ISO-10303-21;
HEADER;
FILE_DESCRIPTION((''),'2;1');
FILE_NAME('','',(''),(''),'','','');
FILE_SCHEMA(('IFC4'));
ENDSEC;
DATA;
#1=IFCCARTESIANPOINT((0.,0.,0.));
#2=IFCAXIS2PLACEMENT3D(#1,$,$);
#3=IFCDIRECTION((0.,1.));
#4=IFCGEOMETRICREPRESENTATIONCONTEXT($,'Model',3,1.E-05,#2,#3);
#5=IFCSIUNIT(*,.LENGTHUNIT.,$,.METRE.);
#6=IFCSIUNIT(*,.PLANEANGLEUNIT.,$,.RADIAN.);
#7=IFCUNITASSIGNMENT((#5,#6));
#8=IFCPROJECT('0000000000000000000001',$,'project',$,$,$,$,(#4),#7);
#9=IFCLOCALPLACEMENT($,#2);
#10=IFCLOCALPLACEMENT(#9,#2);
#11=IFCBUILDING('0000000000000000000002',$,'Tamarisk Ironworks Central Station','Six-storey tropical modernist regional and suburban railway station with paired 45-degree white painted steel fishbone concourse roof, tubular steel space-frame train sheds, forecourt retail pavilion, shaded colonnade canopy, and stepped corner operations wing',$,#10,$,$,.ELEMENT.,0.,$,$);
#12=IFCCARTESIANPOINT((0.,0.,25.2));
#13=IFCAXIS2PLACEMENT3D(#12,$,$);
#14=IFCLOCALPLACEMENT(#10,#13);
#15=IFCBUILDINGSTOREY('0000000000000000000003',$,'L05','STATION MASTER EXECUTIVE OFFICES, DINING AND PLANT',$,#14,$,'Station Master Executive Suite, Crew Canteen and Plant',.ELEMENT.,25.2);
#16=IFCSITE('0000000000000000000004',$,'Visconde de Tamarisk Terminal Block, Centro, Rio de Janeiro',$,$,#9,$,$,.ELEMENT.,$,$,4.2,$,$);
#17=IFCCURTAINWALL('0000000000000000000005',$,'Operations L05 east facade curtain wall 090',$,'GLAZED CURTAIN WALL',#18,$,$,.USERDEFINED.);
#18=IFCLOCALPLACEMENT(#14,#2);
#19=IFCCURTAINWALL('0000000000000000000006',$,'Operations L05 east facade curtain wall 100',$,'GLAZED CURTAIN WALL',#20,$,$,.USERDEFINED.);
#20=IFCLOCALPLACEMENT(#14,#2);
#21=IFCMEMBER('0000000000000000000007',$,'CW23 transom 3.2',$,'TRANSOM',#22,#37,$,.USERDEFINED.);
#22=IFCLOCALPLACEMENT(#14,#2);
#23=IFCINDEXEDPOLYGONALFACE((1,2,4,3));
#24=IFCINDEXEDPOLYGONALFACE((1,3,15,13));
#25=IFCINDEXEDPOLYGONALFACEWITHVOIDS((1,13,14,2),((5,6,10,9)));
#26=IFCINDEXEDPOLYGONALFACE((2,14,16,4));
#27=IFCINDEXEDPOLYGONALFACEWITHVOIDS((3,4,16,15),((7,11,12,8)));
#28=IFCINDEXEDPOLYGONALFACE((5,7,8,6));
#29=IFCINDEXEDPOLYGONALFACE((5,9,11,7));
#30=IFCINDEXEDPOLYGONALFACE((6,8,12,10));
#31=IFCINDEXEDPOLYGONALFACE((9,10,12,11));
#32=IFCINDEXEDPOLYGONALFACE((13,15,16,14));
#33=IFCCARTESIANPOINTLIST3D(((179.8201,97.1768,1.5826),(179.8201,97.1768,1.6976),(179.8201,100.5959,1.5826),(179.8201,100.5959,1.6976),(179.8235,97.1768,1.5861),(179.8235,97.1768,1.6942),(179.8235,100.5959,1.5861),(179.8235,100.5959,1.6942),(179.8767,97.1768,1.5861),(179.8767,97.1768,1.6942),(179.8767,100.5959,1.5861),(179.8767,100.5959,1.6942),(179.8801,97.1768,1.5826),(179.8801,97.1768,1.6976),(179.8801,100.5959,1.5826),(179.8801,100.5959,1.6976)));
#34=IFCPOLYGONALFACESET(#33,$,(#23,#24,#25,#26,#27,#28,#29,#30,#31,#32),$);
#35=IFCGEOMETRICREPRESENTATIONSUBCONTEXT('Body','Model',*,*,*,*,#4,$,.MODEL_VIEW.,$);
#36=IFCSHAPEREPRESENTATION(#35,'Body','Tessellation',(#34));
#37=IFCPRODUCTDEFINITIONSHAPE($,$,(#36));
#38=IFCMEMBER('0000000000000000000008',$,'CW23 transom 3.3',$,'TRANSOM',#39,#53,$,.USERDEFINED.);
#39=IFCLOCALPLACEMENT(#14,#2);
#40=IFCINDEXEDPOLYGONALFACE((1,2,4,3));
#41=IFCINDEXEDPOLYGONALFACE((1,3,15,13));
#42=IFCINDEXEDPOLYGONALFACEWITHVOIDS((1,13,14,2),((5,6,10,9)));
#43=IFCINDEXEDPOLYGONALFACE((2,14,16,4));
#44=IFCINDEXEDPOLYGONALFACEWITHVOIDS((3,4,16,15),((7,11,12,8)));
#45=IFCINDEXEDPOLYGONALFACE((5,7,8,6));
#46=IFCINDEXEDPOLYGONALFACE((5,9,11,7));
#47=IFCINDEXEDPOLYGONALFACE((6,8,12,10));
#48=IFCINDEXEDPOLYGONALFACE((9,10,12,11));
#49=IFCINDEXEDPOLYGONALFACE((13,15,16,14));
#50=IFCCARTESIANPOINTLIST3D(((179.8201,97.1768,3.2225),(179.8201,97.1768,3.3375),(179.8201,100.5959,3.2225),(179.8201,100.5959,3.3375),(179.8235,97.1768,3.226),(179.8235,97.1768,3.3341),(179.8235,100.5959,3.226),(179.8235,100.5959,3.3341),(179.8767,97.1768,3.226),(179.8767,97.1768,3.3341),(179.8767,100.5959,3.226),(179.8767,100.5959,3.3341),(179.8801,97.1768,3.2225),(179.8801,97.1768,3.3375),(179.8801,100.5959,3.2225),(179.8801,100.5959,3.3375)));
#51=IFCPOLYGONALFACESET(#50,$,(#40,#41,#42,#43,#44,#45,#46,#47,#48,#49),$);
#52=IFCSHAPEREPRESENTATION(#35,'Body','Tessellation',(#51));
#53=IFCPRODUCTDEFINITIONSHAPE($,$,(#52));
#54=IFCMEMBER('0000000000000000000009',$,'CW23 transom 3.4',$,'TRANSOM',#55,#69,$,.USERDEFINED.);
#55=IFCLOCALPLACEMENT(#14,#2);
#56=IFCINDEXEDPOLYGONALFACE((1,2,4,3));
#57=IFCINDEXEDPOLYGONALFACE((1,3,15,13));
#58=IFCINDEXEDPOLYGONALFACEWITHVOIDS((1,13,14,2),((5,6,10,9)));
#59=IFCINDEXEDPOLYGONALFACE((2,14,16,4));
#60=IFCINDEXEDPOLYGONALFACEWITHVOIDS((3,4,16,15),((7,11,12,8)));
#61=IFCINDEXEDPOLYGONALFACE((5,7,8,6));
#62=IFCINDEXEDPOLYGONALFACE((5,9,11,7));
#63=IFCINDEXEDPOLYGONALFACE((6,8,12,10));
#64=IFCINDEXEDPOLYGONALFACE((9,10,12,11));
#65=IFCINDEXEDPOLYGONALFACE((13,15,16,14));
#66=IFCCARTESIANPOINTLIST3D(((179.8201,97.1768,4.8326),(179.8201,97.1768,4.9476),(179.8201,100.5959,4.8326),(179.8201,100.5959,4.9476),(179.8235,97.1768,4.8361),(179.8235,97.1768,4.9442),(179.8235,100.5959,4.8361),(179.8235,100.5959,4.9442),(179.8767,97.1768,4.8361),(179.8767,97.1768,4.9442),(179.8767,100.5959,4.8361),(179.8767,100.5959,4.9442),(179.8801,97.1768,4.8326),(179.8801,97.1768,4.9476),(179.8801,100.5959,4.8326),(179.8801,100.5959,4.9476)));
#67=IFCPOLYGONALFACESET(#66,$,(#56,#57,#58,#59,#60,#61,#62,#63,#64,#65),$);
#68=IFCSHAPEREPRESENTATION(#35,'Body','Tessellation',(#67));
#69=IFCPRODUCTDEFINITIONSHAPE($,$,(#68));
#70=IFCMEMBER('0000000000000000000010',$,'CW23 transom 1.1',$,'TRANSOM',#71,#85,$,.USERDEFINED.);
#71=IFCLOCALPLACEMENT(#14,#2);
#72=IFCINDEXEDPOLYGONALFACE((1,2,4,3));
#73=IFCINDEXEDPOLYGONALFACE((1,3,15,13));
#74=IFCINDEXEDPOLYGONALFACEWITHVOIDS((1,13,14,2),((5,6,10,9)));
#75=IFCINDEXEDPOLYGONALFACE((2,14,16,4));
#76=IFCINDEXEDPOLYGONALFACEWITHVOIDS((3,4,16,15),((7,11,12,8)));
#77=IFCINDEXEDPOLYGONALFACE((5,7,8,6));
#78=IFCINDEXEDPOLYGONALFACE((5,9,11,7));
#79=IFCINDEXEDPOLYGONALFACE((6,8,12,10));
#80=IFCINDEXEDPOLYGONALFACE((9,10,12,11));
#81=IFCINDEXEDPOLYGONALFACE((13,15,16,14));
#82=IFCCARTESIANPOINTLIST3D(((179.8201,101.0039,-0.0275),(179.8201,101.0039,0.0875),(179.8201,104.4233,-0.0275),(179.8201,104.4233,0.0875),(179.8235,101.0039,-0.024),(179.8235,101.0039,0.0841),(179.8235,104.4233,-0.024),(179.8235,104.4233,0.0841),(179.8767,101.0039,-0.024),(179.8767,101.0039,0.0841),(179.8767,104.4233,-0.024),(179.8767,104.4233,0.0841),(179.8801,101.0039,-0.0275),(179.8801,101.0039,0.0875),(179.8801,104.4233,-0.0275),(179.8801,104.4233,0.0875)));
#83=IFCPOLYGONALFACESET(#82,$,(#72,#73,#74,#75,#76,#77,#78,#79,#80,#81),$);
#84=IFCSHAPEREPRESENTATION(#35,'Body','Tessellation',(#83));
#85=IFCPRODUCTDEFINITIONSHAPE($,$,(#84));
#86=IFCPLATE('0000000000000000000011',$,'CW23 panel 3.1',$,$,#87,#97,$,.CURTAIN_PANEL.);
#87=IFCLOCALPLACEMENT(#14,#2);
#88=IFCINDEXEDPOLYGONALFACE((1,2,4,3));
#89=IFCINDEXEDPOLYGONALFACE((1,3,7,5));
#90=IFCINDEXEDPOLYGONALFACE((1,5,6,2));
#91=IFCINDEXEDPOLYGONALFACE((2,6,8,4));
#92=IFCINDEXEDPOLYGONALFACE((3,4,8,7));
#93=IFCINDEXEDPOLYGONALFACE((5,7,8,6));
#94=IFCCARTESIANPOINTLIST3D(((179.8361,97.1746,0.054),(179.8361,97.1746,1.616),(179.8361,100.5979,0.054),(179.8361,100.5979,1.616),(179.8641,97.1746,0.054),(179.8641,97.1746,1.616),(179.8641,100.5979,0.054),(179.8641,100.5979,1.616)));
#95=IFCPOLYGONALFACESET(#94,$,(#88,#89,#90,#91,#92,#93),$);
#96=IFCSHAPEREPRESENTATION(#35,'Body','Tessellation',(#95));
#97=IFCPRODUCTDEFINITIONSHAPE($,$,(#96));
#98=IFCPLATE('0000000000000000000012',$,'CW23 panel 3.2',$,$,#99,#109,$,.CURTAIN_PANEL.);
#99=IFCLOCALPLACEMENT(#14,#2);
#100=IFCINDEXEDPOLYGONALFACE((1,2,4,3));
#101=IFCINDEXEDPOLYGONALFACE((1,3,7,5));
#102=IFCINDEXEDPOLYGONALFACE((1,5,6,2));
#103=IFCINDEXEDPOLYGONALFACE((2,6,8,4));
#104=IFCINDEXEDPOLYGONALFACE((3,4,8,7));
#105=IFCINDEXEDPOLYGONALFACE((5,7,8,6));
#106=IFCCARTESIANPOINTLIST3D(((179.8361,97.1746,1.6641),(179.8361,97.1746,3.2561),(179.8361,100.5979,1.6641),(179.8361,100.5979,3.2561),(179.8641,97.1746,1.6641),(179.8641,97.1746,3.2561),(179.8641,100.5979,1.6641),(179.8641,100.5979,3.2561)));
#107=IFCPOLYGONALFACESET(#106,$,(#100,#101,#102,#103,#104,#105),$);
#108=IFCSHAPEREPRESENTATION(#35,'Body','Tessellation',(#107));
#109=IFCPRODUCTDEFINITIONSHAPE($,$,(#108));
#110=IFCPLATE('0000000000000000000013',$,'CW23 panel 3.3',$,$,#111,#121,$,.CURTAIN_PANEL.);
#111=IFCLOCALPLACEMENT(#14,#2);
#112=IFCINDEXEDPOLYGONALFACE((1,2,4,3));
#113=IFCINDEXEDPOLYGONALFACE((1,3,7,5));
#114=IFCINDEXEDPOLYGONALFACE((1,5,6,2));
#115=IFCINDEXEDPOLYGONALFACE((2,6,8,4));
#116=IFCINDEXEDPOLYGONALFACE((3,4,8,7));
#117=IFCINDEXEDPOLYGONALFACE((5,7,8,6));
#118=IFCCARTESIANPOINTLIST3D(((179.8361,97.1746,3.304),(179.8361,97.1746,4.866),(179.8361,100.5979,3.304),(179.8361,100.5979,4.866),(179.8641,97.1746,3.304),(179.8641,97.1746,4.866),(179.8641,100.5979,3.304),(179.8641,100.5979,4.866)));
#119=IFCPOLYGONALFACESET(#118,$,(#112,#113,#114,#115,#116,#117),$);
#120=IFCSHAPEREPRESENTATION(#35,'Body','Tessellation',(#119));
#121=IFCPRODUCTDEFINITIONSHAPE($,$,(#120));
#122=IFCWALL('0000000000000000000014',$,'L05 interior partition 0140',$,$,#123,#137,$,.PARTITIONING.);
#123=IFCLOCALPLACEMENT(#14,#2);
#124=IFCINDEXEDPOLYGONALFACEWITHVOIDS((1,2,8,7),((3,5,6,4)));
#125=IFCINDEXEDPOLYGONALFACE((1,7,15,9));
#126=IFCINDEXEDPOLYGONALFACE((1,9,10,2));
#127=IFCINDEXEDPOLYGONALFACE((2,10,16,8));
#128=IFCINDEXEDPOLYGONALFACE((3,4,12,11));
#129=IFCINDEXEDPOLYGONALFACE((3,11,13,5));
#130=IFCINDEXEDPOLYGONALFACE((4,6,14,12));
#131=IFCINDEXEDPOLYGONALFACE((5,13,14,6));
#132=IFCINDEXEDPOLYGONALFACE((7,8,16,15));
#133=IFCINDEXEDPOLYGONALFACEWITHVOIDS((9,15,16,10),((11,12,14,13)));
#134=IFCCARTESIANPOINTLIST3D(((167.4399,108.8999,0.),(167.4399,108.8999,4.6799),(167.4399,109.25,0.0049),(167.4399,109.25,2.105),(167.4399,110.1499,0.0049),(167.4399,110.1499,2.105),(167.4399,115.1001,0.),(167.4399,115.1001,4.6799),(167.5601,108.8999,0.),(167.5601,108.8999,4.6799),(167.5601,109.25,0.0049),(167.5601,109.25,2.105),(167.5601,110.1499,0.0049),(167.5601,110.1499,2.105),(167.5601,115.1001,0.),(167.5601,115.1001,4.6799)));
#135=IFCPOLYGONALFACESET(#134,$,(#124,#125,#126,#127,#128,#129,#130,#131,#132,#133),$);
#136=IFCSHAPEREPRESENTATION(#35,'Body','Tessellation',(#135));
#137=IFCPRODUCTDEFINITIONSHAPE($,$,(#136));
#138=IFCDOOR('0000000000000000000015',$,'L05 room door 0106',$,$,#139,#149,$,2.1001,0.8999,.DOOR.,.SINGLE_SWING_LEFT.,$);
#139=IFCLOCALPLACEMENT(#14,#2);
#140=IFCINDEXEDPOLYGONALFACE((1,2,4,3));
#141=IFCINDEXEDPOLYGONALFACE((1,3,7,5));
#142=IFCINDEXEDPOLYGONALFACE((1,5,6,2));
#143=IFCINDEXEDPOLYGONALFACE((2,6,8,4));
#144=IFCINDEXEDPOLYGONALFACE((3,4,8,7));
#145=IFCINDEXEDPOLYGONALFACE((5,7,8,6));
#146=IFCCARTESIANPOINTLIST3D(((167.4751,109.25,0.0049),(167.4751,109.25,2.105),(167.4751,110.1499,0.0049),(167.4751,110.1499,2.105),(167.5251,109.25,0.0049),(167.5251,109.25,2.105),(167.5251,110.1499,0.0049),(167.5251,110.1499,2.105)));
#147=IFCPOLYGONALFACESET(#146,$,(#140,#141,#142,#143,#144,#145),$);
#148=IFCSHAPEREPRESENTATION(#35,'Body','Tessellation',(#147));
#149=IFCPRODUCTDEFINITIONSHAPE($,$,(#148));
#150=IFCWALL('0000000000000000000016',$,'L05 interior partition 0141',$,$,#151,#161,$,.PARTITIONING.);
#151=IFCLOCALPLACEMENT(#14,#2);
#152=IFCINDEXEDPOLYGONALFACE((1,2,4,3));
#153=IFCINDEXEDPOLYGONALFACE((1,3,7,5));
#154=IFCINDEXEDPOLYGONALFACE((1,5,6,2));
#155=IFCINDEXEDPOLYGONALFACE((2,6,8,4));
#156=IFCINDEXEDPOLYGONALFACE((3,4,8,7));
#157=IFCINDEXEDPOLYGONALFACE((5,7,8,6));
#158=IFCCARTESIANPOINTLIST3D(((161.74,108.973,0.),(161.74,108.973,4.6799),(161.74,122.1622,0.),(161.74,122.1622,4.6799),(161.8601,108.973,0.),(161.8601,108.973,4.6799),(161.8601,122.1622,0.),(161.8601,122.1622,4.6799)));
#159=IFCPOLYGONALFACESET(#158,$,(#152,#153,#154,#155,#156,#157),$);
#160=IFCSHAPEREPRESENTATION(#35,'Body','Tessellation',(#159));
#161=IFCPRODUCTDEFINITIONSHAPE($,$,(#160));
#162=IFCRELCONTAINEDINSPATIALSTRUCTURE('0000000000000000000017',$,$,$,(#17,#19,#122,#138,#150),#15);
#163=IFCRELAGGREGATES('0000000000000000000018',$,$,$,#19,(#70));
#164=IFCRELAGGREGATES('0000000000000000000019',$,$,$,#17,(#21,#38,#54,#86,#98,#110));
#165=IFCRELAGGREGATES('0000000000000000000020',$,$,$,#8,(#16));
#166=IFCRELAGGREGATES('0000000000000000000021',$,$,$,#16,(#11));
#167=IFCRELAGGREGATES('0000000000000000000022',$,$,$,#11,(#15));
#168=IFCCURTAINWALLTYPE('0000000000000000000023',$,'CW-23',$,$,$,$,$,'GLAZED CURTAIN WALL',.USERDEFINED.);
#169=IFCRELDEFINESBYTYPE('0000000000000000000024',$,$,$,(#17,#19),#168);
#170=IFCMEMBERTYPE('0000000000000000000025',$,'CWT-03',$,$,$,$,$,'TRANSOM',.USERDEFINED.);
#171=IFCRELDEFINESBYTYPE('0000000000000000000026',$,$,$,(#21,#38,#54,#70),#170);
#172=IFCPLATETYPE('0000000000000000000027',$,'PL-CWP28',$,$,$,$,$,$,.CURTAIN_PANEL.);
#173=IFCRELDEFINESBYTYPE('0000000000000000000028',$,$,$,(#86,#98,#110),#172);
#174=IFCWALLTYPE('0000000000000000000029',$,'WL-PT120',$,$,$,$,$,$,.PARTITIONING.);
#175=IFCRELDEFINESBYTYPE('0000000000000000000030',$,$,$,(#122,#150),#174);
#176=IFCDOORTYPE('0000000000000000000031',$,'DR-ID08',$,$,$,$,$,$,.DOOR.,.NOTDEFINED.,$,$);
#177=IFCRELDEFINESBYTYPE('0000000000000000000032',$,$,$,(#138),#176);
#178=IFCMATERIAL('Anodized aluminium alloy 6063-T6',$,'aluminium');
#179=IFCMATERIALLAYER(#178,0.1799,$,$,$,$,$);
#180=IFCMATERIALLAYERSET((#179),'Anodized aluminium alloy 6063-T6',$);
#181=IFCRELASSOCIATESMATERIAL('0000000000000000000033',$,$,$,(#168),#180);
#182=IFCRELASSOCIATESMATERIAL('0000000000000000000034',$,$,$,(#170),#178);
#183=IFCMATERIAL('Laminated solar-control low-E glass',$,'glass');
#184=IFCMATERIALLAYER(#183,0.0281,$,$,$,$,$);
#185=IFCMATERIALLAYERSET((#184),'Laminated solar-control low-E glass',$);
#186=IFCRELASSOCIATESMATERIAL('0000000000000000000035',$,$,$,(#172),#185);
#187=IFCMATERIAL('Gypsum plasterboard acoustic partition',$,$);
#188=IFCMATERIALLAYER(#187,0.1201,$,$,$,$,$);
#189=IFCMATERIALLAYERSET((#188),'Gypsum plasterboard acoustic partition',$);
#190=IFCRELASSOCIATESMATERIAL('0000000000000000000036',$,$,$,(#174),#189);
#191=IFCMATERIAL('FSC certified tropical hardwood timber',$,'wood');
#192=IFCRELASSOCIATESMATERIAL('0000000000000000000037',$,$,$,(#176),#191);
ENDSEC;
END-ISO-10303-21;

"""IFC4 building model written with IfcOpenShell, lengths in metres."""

from ifc_helpers import new_model, si_unit, direction, frame, frame_2d, origin, origin_2d, place, context, subcontext, project, spatial, rectangle, hollow_rectangle, extrude, material, layer, layer_set, material_profile, profile_set, type_object, element, fill, aggregate, save


model = new_model("IFC4")

# Units and contexts
model_context = context("Model", 3, precision=1e-05, world=origin(), true_north=direction((0.0, 1.0)))
body_context = subcontext(model_context, "Body", "Model", "MODEL_VIEW")
ifc_project = project(units=[si_unit("LENGTHUNIT", "METRE"), si_unit("PLANEANGLEUNIT", "RADIAN")], contexts=[model_context])

# Site, building, storey
site_placement = place(None, origin())
site = spatial("IfcSite", under=ifc_project, at=site_placement, Name="Visconde de Tamarisk Terminal Block, Centro, Rio de Janeiro", CompositionType="ELEMENT", RefElevation=4.2)
building_placement = place(site_placement, origin())
building = spatial("IfcBuilding", under=site, at=building_placement, Name="Tamarisk Ironworks Central Station", Description="Six-storey tropical modernist regional and suburban railway station with paired 45-degree white painted steel fishbone concourse roof, tubular steel space-frame train sheds, forecourt retail pavilion, shaded colonnade canopy, and stepped corner operations wing", CompositionType="ELEMENT", ElevationOfRefHeight=0.0)
storey_placement = place(building_placement, frame((0.0, 0.0, 25.2)))
storey = spatial("IfcBuildingStorey", under=building, at=storey_placement, Name="L05", Description="STATION MASTER EXECUTIVE OFFICES, DINING AND PLANT", LongName="Station Master Executive Suite, Crew Canteen and Plant", CompositionType="ELEMENT", Elevation=25.2)

# Curtain walls
ifc_material_1 = material(Name="Anodized aluminium alloy 6063-T6", Category="aluminium")
ifc_layer_1 = layer(ifc_material_1, 0.1799)
ifc_layer_set_1 = layer_set([ifc_layer_1], Name="Anodized aluminium alloy 6063-T6")
curtain_wall_type = type_object("IfcCurtainWallType", Name="CW-23", ElementType="GLAZED CURTAIN WALL", PredefinedType="USERDEFINED", material=ifc_layer_set_1)
curtain_wall_1_placement = place(storey_placement, origin())
curtain_wall_1 = element("IfcCurtainWall", 1, at=curtain_wall_1_placement, inside=storey, type_object=curtain_wall_type, Name="Operations L05 east facade curtain wall 090", ObjectType="GLAZED CURTAIN WALL", PredefinedType="USERDEFINED")
curtain_wall_2_placement = place(storey_placement, origin())
curtain_wall_2 = element("IfcCurtainWall", 2, at=curtain_wall_2_placement, inside=storey, type_object=curtain_wall_type, Name="Operations L05 east facade curtain wall 100", ObjectType="GLAZED CURTAIN WALL", PredefinedType="USERDEFINED")

# Members
ifc_material_profile_1 = material_profile(ifc_material_1, hollow_rectangle(XDim=0.0601, YDim=0.115, WallThickness=0.0034, at=origin_2d()), Name="ALUM 115x60")
ifc_profile_set_1 = profile_set([ifc_material_profile_1], Name="Anodized aluminium alloy 6063-T6")
member_type_1 = type_object("IfcMemberType", Name="CWT-03", ElementType="TRANSOM", PredefinedType="USERDEFINED", material=ifc_profile_set_1)
member_1_placement = place(storey_placement, frame((179.8501, 97.1768, 1.6401), z_axis=(0.0, 1.0, 0.0), x_axis=(-1.0, 0.0, 0.0)))
member_1 = element("IfcMember", 3, at=member_1_placement, type_object=member_type_1, Name="CW23 transom 3.2", ObjectType="TRANSOM", PredefinedType="USERDEFINED", context=body_context, shape_type="SweptSolid", body=[
    extrude(hollow_rectangle(XDim=0.0601, YDim=0.115, WallThickness=0.0034, at=origin_2d()), origin(), (0.0, 0.0, 1.0), 3.4192),
])
member_2_placement = place(storey_placement, frame((179.8501, 97.1768, 3.28), z_axis=(0.0, 1.0, 0.0), x_axis=(-1.0, 0.0, 0.0)))
member_2 = element("IfcMember", 4, at=member_2_placement, type_object=member_type_1, Name="CW23 transom 3.3", ObjectType="TRANSOM", PredefinedType="USERDEFINED", context=body_context, shape_type="SweptSolid", body=[
    extrude(hollow_rectangle(XDim=0.0601, YDim=0.115, WallThickness=0.0034, at=origin_2d()), origin(), (0.0, 0.0, 1.0), 3.4192),
])
member_3_placement = place(storey_placement, frame((179.8501, 97.1768, 4.8901), z_axis=(0.0, 1.0, 0.0), x_axis=(-1.0, 0.0, 0.0)))
member_3 = element("IfcMember", 5, at=member_3_placement, type_object=member_type_1, Name="CW23 transom 3.4", ObjectType="TRANSOM", PredefinedType="USERDEFINED", context=body_context, shape_type="SweptSolid", body=[
    extrude(hollow_rectangle(XDim=0.0601, YDim=0.115, WallThickness=0.0034, at=origin_2d()), origin(), (0.0, 0.0, 1.0), 3.4192),
])
member_4_placement = place(storey_placement, frame((179.8501, 101.0039, 0.03), z_axis=(0.0, 1.0, 0.0), x_axis=(-1.0, 0.0, 0.0)))
member_4 = element("IfcMember", 6, at=member_4_placement, type_object=member_type_1, Name="CW23 transom 1.1", ObjectType="TRANSOM", PredefinedType="USERDEFINED", context=body_context, shape_type="SweptSolid", body=[
    extrude(hollow_rectangle(XDim=0.0601, YDim=0.115, WallThickness=0.0034, at=origin_2d()), origin(), (0.0, 0.0, 1.0), 3.4194),
])
aggregate(curtain_wall_2, [member_4])

# Plates
ifc_material_2 = material(Name="Laminated solar-control low-E glass", Category="glass")
ifc_layer_2 = layer(ifc_material_2, 0.0281)
ifc_layer_set_2 = layer_set([ifc_layer_2], Name="Laminated solar-control low-E glass")
plate_type = type_object("IfcPlateType", Name="PL-CWP28", PredefinedType="CURTAIN_PANEL", material=ifc_layer_set_2)
plate_1_placement = place(storey_placement, frame((179.8501, 98.8862, 0.054), z_axis=(0.0, 0.0, 1.0), x_axis=(0.0, 1.0, 0.0)))
plate_1 = element("IfcPlate", 7, at=plate_1_placement, type_object=plate_type, Name="CW23 panel 3.1", PredefinedType="CURTAIN_PANEL", context=body_context, shape_type="SweptSolid", body=[
    extrude(rectangle(XDim=3.4233, YDim=0.0281, at=origin_2d()), origin(), (0.0, 0.0, 1.0), 1.562),
])
plate_2_placement = place(storey_placement, frame((179.8501, 98.8862, 1.6641), z_axis=(0.0, 0.0, 1.0), x_axis=(0.0, 1.0, 0.0)))
plate_2 = element("IfcPlate", 8, at=plate_2_placement, type_object=plate_type, Name="CW23 panel 3.2", PredefinedType="CURTAIN_PANEL", context=body_context, shape_type="SweptSolid", body=[
    extrude(rectangle(XDim=3.4233, YDim=0.0281, at=origin_2d()), origin(), (0.0, 0.0, 1.0), 1.592),
])
plate_3_placement = place(storey_placement, frame((179.8501, 98.8862, 3.304), z_axis=(0.0, 0.0, 1.0), x_axis=(0.0, 1.0, 0.0)))
plate_3 = element("IfcPlate", 9, at=plate_3_placement, type_object=plate_type, Name="CW23 panel 3.3", PredefinedType="CURTAIN_PANEL", context=body_context, shape_type="SweptSolid", body=[
    extrude(rectangle(XDim=3.4233, YDim=0.0281, at=origin_2d()), origin(), (0.0, 0.0, 1.0), 1.562),
])
aggregate(curtain_wall_1, [member_1, member_2, member_3, plate_1, plate_2, plate_3])

# Wall, opening, door
ifc_material_3 = material(Name="Gypsum plasterboard acoustic partition")
ifc_layer_3 = layer(ifc_material_3, 0.1201)
ifc_layer_set_3 = layer_set([ifc_layer_3], Name="Gypsum plasterboard acoustic partition")
wall_type_1 = type_object("IfcWallType", Name="WL-PT120", PredefinedType="PARTITIONING", material=ifc_layer_set_3)
wall_1_placement = place(storey_placement, frame((167.5, 108.8999, 0.0), z_axis=(0.0, 0.0, 1.0), x_axis=(0.0, 1.0, 0.0)))
wall_1 = element("IfcWall", 10, at=wall_1_placement, inside=storey, type_object=wall_type_1, Name="L05 interior partition 0140", PredefinedType="PARTITIONING", context=body_context, shape_type="SweptSolid", body=[
    extrude(rectangle(XDim=6.2002, YDim=0.1201, at=frame_2d((3.1001, 0.0))), origin(), (0.0, 0.0, 1.0), 4.6799),
])
opening_1_placement = place(wall_1_placement, frame((0.3501, 0.0, 0.0049)))
opening_1 = element("IfcOpeningElement", 11, at=opening_1_placement, cuts=wall_1, PredefinedType="OPENING", context=body_context, shape_type="SweptSolid", body=[
    extrude(rectangle(XDim=0.8999, YDim=2.1001, at=frame_2d((0.45, 1.05))), frame((0.0, 0.072, 0.0), z_axis=(0.0, -1.0, 0.0), x_axis=(1.0, 0.0, 0.0)), (0.0, 0.0, 1.0), 0.144),
])
ifc_material_4 = material(Name="FSC certified tropical hardwood timber", Category="wood")
door_type_1 = type_object("IfcDoorType", Name="DR-ID08", OperationType="NOTDEFINED", PredefinedType="DOOR", material=ifc_material_4)
door_1_placement = place(opening_1_placement, origin())
door_1 = element("IfcDoor", 12, at=door_1_placement, inside=storey, type_object=door_type_1, Name="L05 room door 0106", OperationType="SINGLE_SWING_LEFT", OverallHeight=2.1001, OverallWidth=0.8999, PredefinedType="DOOR", context=body_context, shape_type="SweptSolid", body=[
    extrude(rectangle(XDim=0.8999, YDim=2.1001, at=frame_2d((0.45, 1.05))), frame((0.0, 0.0249, 0.0), z_axis=(0.0, -1.0, 0.0), x_axis=(1.0, 0.0, 0.0)), (0.0, 0.0, 1.0), 0.05),
])
fill(opening_1, door_1)

# Wall
wall_2_placement = place(storey_placement, frame((161.8, 108.9729, 0.0), z_axis=(0.0, 0.0, 1.0), x_axis=(0.0, 1.0, 0.0)))
element("IfcWall", 13, at=wall_2_placement, inside=storey, type_object=wall_type_1, Name="L05 interior partition 0141", PredefinedType="PARTITIONING", context=body_context, shape_type="SweptSolid", body=[
    extrude(rectangle(XDim=13.1892, YDim=0.1201, at=frame_2d((6.5947, 0.0))), origin(), (0.0, 0.0, 1.0), 4.6799),
])

save(model, "model.ifc")
